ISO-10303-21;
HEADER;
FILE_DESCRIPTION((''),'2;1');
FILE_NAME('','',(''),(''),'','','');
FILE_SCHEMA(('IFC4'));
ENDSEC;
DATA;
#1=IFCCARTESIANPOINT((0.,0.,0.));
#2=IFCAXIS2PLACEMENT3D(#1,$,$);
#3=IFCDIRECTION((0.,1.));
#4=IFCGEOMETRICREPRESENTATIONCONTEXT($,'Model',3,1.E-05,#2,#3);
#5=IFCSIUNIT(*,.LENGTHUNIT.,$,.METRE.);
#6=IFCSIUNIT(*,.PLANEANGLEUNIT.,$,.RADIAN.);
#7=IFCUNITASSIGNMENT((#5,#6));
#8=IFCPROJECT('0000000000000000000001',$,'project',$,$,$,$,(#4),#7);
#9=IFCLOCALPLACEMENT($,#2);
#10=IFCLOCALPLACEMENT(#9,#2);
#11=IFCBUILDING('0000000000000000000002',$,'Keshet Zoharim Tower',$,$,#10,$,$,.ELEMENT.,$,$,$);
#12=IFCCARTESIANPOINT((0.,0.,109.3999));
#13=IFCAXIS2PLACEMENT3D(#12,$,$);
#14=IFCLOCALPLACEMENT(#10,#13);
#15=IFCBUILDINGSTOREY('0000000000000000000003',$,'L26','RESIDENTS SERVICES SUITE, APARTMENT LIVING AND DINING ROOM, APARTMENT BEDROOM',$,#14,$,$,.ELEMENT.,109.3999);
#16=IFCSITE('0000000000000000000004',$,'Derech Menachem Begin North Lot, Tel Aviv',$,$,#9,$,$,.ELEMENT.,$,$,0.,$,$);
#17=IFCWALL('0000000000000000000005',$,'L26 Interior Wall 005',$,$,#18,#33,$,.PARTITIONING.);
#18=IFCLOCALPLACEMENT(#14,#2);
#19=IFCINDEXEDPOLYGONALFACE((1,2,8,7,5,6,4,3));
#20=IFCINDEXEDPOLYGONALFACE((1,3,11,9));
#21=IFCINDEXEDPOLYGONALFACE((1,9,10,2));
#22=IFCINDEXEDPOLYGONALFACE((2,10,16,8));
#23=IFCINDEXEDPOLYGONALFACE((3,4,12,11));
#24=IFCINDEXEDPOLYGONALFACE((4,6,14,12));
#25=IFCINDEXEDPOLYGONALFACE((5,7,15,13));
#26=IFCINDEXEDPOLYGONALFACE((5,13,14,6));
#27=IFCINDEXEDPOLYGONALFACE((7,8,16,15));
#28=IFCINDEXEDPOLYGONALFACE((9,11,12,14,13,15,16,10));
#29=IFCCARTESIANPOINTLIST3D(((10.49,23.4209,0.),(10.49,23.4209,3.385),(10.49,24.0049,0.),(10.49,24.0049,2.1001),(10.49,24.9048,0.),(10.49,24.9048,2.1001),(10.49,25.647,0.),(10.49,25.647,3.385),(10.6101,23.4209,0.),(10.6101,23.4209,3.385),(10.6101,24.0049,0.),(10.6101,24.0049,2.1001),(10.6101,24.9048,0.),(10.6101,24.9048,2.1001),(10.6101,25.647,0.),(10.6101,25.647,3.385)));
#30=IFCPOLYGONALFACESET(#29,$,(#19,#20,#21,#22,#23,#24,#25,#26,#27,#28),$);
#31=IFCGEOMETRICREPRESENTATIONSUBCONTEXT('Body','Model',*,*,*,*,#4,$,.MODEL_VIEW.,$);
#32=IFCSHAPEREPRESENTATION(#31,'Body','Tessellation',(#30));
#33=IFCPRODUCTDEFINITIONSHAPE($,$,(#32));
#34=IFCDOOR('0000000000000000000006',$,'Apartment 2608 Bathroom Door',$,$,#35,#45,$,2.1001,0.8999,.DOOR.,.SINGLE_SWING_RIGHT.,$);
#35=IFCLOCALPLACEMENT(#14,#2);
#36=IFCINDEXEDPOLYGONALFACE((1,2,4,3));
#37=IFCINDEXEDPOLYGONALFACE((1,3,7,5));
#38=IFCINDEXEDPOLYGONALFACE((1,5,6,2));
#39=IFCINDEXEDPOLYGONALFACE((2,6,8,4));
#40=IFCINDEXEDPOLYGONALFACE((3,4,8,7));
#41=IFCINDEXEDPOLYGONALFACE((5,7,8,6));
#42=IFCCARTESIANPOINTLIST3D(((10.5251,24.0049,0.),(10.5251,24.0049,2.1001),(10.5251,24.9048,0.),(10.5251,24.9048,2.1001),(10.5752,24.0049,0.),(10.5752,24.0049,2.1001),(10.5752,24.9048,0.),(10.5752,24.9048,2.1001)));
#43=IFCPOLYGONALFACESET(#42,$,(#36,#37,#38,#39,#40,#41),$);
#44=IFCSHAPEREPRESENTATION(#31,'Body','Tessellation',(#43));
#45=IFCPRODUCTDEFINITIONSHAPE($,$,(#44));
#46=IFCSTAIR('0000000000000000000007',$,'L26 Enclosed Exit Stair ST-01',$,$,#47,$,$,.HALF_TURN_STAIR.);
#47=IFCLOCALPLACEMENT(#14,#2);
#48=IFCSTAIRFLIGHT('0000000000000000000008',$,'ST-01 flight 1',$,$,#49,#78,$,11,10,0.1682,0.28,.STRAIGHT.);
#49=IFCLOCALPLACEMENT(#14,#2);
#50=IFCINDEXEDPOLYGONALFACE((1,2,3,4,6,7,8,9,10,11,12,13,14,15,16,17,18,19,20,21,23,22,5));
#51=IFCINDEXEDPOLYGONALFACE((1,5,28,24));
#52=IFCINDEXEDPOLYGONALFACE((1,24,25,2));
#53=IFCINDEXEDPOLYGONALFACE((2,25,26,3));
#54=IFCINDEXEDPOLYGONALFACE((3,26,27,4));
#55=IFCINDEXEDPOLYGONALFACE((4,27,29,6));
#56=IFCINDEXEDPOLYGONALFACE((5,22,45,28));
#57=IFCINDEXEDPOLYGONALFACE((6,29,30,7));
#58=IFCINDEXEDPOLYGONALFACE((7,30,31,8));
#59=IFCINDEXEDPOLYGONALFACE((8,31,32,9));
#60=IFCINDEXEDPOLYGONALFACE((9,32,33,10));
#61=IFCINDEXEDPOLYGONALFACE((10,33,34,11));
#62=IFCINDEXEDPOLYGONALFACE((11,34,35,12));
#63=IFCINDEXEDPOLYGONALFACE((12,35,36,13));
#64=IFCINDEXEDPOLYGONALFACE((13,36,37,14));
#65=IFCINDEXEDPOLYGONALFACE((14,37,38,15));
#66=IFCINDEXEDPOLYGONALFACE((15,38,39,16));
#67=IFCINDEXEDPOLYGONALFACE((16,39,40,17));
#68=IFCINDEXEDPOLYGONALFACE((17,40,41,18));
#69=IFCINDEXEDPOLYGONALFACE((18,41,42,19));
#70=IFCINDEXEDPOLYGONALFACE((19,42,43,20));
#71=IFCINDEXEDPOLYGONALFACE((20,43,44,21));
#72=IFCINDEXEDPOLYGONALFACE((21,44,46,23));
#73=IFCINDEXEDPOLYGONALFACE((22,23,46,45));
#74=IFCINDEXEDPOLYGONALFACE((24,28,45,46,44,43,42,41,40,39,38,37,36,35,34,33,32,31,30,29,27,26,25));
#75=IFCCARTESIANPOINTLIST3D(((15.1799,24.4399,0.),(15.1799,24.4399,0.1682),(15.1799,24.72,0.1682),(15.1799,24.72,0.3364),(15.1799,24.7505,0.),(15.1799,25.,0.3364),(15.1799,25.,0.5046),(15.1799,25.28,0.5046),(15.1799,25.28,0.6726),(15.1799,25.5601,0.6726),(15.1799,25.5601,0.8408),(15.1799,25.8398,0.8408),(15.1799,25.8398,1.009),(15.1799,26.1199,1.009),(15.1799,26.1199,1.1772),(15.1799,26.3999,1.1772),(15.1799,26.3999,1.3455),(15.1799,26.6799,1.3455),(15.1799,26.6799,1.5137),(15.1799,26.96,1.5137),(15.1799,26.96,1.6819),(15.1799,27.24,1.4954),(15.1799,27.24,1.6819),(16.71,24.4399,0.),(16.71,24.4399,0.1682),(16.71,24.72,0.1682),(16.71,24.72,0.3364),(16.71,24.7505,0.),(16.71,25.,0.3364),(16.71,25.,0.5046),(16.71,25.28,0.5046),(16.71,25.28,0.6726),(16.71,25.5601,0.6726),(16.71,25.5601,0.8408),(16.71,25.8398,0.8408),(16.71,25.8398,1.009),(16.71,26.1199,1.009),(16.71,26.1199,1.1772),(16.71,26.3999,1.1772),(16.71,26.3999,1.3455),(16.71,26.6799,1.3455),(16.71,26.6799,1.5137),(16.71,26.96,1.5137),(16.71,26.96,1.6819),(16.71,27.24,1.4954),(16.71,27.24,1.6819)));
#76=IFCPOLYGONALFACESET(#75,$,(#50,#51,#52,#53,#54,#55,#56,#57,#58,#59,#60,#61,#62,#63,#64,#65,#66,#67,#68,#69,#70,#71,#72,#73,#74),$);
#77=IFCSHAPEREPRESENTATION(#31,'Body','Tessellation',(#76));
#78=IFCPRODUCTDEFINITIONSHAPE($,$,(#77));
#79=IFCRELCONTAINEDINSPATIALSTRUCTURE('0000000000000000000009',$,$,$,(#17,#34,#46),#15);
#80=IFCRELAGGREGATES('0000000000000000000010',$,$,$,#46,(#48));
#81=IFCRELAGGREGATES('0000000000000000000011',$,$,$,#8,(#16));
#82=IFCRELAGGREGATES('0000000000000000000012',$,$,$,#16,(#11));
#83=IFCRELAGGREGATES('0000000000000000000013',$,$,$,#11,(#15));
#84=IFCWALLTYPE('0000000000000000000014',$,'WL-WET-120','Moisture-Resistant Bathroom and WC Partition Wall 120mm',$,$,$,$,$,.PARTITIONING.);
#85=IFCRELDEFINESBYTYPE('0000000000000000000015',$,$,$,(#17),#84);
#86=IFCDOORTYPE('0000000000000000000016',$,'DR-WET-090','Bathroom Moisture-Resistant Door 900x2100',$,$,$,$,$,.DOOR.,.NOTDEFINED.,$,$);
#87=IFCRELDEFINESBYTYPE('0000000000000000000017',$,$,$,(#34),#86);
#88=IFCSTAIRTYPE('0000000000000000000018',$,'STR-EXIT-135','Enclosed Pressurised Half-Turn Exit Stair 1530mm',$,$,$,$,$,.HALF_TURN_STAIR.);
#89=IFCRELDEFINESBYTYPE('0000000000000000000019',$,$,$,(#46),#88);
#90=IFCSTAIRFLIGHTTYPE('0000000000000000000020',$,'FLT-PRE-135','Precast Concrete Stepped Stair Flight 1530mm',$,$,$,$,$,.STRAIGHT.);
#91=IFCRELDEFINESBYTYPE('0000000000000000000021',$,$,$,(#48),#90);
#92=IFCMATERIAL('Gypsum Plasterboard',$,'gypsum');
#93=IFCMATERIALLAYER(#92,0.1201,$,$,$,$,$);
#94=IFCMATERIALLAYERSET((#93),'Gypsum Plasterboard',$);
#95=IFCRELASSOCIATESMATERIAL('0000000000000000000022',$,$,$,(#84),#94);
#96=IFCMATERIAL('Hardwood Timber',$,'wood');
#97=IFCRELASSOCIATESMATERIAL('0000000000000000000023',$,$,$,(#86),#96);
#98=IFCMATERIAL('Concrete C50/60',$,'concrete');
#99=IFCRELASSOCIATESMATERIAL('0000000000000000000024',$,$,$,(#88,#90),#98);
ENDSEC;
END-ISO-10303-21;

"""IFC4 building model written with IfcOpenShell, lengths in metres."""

from ifc_helpers import new_model, si_unit, direction, frame, frame_2d, origin, place, context, subcontext, project, spatial, polyline, rectangle, outline, extrude, material, layer, layer_set, type_object, element, fill, aggregate, save


model = new_model("IFC4")

# Units and contexts
model_context = context("Model", 3, precision=1e-05, world=origin(), true_north=direction((0.0, 1.0)))
body_context = subcontext(model_context, "Body", "Model", "MODEL_VIEW")
ifc_project = project(units=[si_unit("LENGTHUNIT", "METRE"), si_unit("PLANEANGLEUNIT", "RADIAN")], contexts=[model_context])

# Site, building, storey
site_placement = place(None, origin())
site = spatial("IfcSite", under=ifc_project, at=site_placement, Name="Derech Menachem Begin North Lot, Tel Aviv", CompositionType="ELEMENT", RefElevation=0.0)
building_placement = place(site_placement, origin())
building = spatial("IfcBuilding", under=site, at=building_placement, Name="Keshet Zoharim Tower", CompositionType="ELEMENT")
storey_placement = place(building_placement, frame((0.0, 0.0, 109.3999)))
storey = spatial("IfcBuildingStorey", under=building, at=storey_placement, Name="L26", Description="RESIDENTS SERVICES SUITE, APARTMENT LIVING AND DINING ROOM, APARTMENT BEDROOM", CompositionType="ELEMENT", Elevation=109.3999)

# Shared definitions
ifc_material_1 = material(Name="Gypsum Plasterboard", Category="gypsum")

# Shared definitions
ifc_material_2 = material(Name="Concrete C50/60", Category="concrete")
ifc_material_3 = material(Name="Hardwood Timber", Category="wood")

# Wall, opening, door
ifc_layer_1 = layer(ifc_material_1, 0.1201)
ifc_layer_set_1 = layer_set([ifc_layer_1], Name="Gypsum Plasterboard")
wall_type_1 = type_object("IfcWallType", Name="WL-WET-120", Description="Moisture-Resistant Bathroom and WC Partition Wall 120mm", PredefinedType="PARTITIONING", material=ifc_layer_set_1)
wall_1_placement = place(storey_placement, frame((10.55, 23.4209, 0.0), z_axis=(0.0, 0.0, 1.0), x_axis=(0.0, 1.0, 0.0)))
wall_1 = element("IfcWall", 1, at=wall_1_placement, inside=storey, type_object=wall_type_1, Name="L26 Interior Wall 005", PredefinedType="PARTITIONING", context=body_context, shape_type="SweptSolid", body=[
    extrude(rectangle(XDim=2.2261, YDim=0.1201, at=frame_2d((1.113, 0.0))), origin(), (0.0, 0.0, 1.0), 3.385),
])
opening_1_placement = place(wall_1_placement, frame((0.584, 0.0, 0.0)))
opening_1 = element("IfcOpeningElement", 2, at=opening_1_placement, cuts=wall_1, PredefinedType="OPENING", context=body_context, shape_type="SweptSolid", body=[
    extrude(rectangle(XDim=0.8999, YDim=2.1001, at=frame_2d((0.45, 1.05))), frame((0.0, 0.0701, 0.0), z_axis=(0.0, -1.0, 0.0), x_axis=(1.0, 0.0, 0.0)), (0.0, 0.0, 1.0), 0.1401),
])
door_type_1 = type_object("IfcDoorType", Name="DR-WET-090", Description="Bathroom Moisture-Resistant Door 900x2100", OperationType="NOTDEFINED", PredefinedType="DOOR", material=ifc_material_3)
door_1_placement = place(opening_1_placement, origin())
door_1 = element("IfcDoor", 3, at=door_1_placement, inside=storey, type_object=door_type_1, Name="Apartment 2608 Bathroom Door", OperationType="SINGLE_SWING_RIGHT", OverallHeight=2.1001, OverallWidth=0.8999, PredefinedType="DOOR", context=body_context, shape_type="SweptSolid", body=[
    extrude(rectangle(XDim=0.8999, YDim=2.1001, at=frame_2d((0.45, 1.05))), frame((0.0, 0.0249, 0.0), z_axis=(0.0, -1.0, 0.0), x_axis=(1.0, 0.0, 0.0)), (0.0, 0.0, 1.0), 0.05),
])
fill(opening_1, door_1)

# Stair, stair flight
stair_type = type_object("IfcStairType", Name="STR-EXIT-135", Description="Enclosed Pressurised Half-Turn Exit Stair 1530mm", PredefinedType="HALF_TURN_STAIR", material=ifc_material_2)
stair_placement = place(storey_placement, origin())
stair = element("IfcStair", 4, at=stair_placement, inside=storey, type_object=stair_type, Name="L26 Enclosed Exit Stair ST-01", PredefinedType="HALF_TURN_STAIR")
stair_flight_type = type_object("IfcStairFlightType", Name="FLT-PRE-135", Description="Precast Concrete Stepped Stair Flight 1530mm", PredefinedType="STRAIGHT", material=ifc_material_2)
stair_flight_placement = place(storey_placement, frame((15.9451, 24.4399, 0.0), z_axis=(0.0, 0.0, 1.0), x_axis=(0.0, 1.0, 0.0)))
stair_flight = element("IfcStairFlight", 5, at=stair_flight_placement, type_object=stair_flight_type, Name="ST-01 flight 1", NumberOfRisers=11, NumberOfTreads=10, PredefinedType="STRAIGHT", RiserHeight=0.1682, TreadLength=0.28, context=body_context, shape_type="SweptSolid", body=[
    extrude(outline(polyline([(0.0, 0.0), (0.0, 0.1682), (0.28, 0.1682), (0.28, 0.3364), (0.5601, 0.3364), (0.5601, 0.5046), (0.8401, 0.5046), (0.8401, 0.6726), (1.1201, 0.6726), (1.1201, 0.8408), (1.3999, 0.8408), (1.3999, 1.009), (1.6799, 1.009), (1.6799, 1.1772), (1.96, 1.1772), (1.96, 1.3455), (2.24, 1.3455), (2.24, 1.5137), (2.52, 1.5137), (2.52, 1.6819), (2.8, 1.6819), (2.8, 1.8501), (2.8, 1.4954), (0.3105, 0.0), (0.0, 0.0)])), frame((0.0, 0.7651, 0.0), z_axis=(0.0, -1.0, 0.0), x_axis=(1.0, 0.0, 0.0)), (0.0, 0.0, 1.0), 1.53),
])
aggregate(stair, [stair_flight])

save(model, "model.ifc")
